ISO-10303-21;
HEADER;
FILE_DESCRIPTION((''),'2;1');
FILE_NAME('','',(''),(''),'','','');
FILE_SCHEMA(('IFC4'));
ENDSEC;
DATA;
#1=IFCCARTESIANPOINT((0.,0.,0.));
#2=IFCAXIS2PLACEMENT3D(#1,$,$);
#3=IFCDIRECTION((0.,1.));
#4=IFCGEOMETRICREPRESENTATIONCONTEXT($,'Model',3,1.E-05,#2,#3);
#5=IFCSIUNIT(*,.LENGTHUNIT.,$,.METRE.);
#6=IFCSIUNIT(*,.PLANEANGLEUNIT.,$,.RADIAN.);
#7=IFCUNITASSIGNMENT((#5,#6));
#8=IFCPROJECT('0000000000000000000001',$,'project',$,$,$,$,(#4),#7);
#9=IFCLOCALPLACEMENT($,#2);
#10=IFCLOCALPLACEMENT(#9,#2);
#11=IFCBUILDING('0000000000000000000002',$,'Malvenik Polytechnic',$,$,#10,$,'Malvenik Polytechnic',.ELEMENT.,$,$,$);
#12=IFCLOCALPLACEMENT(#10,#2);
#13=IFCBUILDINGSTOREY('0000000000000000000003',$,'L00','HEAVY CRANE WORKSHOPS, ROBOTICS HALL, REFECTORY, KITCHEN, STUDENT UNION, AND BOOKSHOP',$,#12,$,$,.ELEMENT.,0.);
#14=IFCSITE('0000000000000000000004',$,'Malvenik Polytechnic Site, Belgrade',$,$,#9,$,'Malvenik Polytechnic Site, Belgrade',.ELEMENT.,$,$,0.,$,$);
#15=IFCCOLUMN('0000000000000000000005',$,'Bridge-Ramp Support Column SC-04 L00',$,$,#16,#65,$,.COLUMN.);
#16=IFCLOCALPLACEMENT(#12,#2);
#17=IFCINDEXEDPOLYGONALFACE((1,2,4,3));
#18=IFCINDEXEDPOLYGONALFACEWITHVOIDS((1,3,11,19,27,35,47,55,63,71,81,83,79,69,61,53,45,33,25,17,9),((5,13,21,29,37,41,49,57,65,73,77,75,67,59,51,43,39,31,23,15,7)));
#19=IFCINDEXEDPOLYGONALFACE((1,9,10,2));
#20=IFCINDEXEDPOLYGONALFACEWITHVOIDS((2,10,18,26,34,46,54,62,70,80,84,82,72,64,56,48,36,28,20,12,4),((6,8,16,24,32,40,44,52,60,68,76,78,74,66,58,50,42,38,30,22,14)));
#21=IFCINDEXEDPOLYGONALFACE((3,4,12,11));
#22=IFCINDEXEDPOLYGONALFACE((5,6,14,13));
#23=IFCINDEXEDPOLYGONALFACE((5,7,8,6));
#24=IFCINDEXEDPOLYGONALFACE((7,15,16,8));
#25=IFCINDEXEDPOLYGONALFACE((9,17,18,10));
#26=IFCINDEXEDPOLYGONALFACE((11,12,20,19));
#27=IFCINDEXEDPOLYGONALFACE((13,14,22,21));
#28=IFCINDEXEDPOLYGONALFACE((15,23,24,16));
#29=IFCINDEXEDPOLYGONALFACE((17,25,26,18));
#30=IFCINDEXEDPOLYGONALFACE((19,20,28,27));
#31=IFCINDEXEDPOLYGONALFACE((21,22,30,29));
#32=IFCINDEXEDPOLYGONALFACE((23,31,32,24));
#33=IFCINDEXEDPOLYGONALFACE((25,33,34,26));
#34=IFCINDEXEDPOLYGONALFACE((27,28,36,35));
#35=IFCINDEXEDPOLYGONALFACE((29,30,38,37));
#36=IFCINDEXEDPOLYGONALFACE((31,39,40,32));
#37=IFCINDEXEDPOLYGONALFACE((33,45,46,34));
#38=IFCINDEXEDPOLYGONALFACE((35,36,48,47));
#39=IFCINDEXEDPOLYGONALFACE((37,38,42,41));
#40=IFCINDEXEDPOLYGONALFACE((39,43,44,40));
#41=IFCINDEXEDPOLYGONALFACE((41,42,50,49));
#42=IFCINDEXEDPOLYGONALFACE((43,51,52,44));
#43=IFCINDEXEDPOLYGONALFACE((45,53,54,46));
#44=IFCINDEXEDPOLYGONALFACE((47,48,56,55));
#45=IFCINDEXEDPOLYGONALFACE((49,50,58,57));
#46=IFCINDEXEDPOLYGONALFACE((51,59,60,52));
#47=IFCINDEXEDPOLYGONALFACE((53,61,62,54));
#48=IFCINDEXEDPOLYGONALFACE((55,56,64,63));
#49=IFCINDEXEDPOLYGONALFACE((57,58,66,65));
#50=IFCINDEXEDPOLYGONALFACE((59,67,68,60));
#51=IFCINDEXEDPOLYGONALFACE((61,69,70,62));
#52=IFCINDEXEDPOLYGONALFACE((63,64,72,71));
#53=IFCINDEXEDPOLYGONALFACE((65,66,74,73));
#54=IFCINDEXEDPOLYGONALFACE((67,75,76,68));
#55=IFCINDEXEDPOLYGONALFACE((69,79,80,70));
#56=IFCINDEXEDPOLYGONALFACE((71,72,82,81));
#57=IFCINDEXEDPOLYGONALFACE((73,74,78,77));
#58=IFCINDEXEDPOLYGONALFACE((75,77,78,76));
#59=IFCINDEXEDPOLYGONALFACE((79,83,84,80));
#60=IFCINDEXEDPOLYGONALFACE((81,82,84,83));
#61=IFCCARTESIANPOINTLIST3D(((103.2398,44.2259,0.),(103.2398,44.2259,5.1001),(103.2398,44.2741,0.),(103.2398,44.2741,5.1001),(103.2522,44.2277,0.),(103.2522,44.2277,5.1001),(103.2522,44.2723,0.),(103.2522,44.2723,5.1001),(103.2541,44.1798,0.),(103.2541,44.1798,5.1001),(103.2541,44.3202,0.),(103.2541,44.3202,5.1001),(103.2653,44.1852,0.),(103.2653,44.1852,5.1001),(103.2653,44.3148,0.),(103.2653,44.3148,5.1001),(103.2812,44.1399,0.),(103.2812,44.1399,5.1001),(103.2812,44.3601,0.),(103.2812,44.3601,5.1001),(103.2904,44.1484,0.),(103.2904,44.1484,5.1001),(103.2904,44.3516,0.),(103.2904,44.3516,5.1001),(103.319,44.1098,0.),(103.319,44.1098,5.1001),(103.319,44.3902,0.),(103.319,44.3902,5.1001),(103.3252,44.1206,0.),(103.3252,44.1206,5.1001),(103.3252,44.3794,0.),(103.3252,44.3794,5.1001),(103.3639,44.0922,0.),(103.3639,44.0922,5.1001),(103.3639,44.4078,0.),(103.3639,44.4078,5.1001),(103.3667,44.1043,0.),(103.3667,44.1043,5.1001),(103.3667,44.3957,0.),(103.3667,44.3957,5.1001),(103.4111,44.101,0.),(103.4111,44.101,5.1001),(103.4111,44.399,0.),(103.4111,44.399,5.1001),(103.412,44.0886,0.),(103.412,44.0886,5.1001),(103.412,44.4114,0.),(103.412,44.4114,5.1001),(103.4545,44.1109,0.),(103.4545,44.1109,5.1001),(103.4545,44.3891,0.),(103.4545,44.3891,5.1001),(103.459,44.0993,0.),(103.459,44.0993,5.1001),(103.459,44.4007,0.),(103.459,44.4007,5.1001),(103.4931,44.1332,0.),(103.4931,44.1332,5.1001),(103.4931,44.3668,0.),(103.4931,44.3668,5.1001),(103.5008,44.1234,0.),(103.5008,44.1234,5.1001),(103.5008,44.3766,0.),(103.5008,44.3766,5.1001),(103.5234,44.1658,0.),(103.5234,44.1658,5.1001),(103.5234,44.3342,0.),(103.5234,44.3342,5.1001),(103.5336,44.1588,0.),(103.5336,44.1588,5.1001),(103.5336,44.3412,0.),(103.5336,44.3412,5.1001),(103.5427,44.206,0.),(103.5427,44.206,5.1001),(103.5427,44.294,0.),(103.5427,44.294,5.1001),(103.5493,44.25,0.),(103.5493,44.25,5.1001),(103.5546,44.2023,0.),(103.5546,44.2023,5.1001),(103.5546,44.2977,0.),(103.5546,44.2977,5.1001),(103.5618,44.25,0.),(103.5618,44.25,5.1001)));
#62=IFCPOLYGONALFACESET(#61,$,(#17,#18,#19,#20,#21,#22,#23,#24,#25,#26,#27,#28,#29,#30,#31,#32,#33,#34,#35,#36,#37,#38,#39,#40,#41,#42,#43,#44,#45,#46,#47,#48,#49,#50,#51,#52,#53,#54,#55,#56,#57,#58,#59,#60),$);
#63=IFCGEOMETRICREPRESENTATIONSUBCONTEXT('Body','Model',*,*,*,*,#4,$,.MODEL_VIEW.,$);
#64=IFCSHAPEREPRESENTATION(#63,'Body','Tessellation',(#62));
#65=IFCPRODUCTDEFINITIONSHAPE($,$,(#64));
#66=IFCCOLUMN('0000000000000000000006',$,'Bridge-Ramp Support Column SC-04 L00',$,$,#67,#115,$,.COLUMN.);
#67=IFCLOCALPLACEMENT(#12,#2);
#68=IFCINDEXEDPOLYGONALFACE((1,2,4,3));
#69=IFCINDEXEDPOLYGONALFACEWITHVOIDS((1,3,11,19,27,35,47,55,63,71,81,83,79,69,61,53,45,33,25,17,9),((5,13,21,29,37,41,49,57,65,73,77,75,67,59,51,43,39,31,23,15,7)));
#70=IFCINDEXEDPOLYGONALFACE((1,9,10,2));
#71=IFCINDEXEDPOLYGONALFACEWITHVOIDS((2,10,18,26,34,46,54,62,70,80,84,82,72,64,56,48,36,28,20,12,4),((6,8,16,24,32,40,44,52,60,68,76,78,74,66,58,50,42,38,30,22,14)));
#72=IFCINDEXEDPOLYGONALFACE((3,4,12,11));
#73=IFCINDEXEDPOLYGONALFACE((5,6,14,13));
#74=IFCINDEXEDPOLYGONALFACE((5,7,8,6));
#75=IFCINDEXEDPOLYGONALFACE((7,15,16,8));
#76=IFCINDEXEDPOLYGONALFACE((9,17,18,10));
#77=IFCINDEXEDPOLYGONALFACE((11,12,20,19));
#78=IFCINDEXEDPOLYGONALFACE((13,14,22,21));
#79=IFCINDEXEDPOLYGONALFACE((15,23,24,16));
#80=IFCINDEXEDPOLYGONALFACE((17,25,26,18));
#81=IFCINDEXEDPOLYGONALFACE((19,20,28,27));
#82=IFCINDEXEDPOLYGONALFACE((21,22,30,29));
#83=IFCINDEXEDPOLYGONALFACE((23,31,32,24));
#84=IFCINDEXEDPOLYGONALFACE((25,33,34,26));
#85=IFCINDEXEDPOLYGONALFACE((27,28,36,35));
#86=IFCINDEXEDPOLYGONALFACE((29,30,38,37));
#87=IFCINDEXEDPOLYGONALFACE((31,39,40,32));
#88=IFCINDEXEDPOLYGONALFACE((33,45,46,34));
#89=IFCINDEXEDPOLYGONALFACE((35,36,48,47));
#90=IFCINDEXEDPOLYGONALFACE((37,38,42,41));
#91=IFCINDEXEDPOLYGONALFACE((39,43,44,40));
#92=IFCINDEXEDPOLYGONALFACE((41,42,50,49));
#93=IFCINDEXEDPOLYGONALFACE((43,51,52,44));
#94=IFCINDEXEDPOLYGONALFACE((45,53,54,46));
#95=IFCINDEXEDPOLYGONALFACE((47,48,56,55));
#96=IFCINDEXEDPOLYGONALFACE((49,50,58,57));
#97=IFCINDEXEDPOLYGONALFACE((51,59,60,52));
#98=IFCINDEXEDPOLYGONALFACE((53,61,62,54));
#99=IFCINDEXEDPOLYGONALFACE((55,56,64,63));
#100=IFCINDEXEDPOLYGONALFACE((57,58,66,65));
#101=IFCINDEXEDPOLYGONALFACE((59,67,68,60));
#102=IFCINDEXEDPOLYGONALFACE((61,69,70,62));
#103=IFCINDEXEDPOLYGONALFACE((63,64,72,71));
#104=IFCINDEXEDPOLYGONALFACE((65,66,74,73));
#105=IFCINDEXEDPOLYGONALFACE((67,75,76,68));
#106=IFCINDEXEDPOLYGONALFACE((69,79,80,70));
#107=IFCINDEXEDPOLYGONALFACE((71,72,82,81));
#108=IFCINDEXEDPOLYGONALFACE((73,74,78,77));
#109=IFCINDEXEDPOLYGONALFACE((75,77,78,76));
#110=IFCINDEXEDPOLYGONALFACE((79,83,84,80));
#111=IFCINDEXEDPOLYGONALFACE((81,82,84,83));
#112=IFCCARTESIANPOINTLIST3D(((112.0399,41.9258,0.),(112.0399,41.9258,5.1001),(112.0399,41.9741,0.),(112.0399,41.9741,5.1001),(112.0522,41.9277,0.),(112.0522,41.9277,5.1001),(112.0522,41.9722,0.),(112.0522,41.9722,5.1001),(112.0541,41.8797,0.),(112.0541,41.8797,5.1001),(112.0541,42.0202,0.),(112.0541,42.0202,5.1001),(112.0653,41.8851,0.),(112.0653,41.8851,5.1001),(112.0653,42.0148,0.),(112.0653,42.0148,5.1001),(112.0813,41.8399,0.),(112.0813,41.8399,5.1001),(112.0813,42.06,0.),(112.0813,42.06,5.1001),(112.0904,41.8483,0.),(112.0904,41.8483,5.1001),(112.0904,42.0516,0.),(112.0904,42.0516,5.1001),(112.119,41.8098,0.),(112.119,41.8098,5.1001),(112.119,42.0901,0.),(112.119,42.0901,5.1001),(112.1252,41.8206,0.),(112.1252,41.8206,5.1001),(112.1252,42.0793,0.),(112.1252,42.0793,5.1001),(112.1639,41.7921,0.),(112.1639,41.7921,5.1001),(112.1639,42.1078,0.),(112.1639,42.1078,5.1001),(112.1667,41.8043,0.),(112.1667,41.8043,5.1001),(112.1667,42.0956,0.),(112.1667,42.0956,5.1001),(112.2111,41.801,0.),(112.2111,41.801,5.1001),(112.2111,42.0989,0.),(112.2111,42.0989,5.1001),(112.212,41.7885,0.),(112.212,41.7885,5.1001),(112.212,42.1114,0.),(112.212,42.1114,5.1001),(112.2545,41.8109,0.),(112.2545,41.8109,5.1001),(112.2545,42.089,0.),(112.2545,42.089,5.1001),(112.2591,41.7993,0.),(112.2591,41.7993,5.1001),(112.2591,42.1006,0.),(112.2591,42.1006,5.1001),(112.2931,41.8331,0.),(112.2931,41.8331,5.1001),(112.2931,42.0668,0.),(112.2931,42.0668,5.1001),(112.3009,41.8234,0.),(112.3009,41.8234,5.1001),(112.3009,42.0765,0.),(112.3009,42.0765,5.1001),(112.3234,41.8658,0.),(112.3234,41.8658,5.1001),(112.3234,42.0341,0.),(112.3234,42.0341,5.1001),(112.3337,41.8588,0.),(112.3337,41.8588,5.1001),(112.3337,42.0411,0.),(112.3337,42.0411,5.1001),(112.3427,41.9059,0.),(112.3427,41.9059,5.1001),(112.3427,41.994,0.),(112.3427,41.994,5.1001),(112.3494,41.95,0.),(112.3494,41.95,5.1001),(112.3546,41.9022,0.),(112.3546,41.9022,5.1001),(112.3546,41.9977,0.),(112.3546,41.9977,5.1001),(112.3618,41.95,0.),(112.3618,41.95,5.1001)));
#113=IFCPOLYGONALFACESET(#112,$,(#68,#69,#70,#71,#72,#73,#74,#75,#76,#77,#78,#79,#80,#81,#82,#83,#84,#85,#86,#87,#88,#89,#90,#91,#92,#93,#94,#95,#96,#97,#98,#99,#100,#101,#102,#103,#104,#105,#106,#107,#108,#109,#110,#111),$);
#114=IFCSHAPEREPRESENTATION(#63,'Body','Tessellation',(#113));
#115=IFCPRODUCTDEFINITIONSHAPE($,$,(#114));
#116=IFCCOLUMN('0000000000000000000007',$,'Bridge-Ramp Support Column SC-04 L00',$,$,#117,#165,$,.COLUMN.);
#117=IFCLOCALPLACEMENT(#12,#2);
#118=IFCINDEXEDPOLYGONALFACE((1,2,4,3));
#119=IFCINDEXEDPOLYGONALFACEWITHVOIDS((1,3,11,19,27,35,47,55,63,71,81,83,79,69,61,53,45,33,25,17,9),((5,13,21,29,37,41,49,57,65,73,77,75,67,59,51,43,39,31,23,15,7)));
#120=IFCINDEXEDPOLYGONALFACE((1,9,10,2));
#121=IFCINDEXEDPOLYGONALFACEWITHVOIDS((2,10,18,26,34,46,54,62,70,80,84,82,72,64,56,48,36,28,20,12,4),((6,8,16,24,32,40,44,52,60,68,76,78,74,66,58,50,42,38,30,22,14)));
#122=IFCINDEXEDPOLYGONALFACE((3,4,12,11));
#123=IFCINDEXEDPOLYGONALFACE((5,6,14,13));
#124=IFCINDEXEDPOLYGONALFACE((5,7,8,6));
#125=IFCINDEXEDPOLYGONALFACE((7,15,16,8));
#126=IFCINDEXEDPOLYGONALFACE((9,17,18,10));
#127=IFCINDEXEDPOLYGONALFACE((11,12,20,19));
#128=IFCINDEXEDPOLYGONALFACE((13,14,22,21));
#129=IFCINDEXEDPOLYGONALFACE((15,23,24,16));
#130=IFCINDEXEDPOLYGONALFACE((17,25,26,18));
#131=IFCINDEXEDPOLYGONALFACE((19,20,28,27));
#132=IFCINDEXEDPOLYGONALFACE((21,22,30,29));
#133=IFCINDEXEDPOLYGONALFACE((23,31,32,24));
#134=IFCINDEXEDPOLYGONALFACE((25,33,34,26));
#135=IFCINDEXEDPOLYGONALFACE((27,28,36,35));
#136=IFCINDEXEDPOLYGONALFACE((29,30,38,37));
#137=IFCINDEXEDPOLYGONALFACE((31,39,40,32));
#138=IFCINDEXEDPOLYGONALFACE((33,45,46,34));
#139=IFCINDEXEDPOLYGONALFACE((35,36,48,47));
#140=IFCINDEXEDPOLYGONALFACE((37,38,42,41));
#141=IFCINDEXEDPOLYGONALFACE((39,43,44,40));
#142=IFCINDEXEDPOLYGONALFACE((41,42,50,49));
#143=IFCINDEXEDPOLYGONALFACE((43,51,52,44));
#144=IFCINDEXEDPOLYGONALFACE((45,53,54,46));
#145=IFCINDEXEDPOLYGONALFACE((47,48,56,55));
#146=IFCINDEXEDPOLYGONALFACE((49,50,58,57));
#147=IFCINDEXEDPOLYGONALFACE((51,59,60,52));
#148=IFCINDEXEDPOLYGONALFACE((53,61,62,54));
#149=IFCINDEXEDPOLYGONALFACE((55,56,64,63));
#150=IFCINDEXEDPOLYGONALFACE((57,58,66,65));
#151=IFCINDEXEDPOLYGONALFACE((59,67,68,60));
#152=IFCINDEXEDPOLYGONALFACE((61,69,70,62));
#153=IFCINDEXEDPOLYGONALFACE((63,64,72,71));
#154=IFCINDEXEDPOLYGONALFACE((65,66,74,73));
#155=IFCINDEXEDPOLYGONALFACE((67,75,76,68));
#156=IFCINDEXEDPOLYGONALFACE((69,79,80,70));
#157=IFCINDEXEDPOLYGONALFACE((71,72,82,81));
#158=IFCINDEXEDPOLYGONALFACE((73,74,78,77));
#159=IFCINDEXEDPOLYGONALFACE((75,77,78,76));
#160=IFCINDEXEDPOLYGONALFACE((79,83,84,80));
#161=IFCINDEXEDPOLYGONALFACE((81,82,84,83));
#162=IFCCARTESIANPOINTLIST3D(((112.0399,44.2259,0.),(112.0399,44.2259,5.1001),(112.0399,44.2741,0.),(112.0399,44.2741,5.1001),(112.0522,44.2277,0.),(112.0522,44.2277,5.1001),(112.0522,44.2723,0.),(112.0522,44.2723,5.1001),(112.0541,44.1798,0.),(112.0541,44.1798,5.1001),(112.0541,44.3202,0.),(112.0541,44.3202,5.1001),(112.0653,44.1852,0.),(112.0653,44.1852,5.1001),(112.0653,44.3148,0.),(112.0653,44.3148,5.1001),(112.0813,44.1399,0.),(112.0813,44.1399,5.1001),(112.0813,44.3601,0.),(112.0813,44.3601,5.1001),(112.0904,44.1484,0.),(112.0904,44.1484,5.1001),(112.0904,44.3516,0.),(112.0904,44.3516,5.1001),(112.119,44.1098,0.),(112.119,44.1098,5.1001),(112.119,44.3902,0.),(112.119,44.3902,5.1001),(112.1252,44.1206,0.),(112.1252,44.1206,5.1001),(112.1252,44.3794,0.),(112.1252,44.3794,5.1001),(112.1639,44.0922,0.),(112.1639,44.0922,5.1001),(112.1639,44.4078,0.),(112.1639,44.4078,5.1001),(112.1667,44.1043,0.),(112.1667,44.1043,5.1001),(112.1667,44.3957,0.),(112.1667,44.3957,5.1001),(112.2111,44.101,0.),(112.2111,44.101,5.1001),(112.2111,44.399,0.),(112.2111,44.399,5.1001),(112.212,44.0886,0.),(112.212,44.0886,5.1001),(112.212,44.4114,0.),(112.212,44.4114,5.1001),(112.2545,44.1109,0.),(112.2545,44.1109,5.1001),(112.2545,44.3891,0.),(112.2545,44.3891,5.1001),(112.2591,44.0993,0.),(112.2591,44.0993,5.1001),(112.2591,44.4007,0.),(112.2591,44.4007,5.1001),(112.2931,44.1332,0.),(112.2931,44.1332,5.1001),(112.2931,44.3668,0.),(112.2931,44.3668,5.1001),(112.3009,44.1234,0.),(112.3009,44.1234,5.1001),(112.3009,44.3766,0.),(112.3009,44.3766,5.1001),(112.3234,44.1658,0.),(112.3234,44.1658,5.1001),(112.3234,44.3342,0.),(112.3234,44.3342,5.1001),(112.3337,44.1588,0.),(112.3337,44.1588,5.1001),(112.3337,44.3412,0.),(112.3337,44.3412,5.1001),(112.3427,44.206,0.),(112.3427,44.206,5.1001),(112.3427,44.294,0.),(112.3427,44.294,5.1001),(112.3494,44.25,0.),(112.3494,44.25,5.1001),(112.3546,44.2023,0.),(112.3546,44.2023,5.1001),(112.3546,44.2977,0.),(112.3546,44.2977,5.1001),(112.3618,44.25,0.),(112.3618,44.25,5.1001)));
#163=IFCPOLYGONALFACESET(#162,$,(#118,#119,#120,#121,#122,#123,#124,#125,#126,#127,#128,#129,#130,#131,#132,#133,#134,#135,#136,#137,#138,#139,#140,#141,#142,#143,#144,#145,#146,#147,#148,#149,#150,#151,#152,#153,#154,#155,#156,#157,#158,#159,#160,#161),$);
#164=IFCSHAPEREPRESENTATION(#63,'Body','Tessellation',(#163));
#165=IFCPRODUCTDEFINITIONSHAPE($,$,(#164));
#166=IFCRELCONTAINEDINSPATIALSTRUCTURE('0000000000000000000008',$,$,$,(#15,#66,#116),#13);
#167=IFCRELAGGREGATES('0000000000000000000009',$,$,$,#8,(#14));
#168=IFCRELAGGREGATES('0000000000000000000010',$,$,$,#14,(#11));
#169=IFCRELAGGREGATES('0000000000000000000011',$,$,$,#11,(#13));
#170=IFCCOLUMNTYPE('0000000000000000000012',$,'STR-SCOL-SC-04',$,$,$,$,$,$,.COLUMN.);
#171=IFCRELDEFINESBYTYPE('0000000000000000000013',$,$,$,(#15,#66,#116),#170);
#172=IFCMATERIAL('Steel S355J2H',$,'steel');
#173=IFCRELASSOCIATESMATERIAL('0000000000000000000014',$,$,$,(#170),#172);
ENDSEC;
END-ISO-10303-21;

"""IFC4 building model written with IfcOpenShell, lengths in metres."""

from ifc_helpers import new_model, si_unit, direction, frame, origin, origin_2d, place, context, subcontext, project, spatial, hollow_circle, extrude, material, material_profile, profile_set, type_object, element, save


model = new_model("IFC4")

# Units and contexts
model_context = context("Model", 3, precision=1e-05, world=origin(), true_north=direction((0.0, 1.0)))
body_context = subcontext(model_context, "Body", "Model", "MODEL_VIEW")
ifc_project = project(units=[si_unit("LENGTHUNIT", "METRE"), si_unit("PLANEANGLEUNIT", "RADIAN")], contexts=[model_context])

# Site, building, storey
site_placement = place(None, origin())
site = spatial("IfcSite", under=ifc_project, at=site_placement, Name="Malvenik Polytechnic Site, Belgrade", LongName="Malvenik Polytechnic Site, Belgrade", CompositionType="ELEMENT", RefElevation=0.0)
building_placement = place(site_placement, origin())
building = spatial("IfcBuilding", under=site, at=building_placement, Name="Malvenik Polytechnic", LongName="Malvenik Polytechnic", CompositionType="ELEMENT")
storey_placement = place(building_placement, origin())
storey = spatial("IfcBuildingStorey", under=building, at=storey_placement, Name="L00", Description="HEAVY CRANE WORKSHOPS, ROBOTICS HALL, REFECTORY, KITCHEN, STUDENT UNION, AND BOOKSHOP", CompositionType="ELEMENT", Elevation=0.0)

# Columns
ifc_material_1 = material(Name="Steel S355J2H", Category="steel")
ifc_material_profile_1 = material_profile(ifc_material_1, hollow_circle(Radius=0.1619, WallThickness=0.0125, at=origin_2d()), Name="CHS 323.9x12.5")
ifc_profile_set_1 = profile_set([ifc_material_profile_1], Name="Steel S355J2H")
column_type_1 = type_object("IfcColumnType", Name="STR-SCOL-SC-04", PredefinedType="COLUMN", material=ifc_profile_set_1)
for number, where, z_axis, x_axis, name in (
    (1, (103.3999, 44.25, 0.0), (0.0, 0.0, 1.0), (1.0, 0.0, 0.0), "Bridge-Ramp Support Column SC-04 L00"),
    (2, (112.2, 41.95, 0.0), (0.0, 0.0, 1.0), (1.0, 0.0, 0.0), "Bridge-Ramp Support Column SC-04 L00"),
    (3, (112.2, 44.25, 0.0), (0.0, 0.0, 1.0), (1.0, 0.0, 0.0), "Bridge-Ramp Support Column SC-04 L00"),
):
    element("IfcColumn", number, at=place(storey_placement, frame(where, z_axis=z_axis, x_axis=x_axis)), inside=storey, type_object=column_type_1, Name=name, PredefinedType="COLUMN", context=body_context, shape_type="SweptSolid", body=[
        extrude(hollow_circle(Radius=0.1619, WallThickness=0.0125, at=origin_2d()), origin(), (0.0, 0.0, 1.0), 5.1001),
    ])

save(model, "model.ifc")
